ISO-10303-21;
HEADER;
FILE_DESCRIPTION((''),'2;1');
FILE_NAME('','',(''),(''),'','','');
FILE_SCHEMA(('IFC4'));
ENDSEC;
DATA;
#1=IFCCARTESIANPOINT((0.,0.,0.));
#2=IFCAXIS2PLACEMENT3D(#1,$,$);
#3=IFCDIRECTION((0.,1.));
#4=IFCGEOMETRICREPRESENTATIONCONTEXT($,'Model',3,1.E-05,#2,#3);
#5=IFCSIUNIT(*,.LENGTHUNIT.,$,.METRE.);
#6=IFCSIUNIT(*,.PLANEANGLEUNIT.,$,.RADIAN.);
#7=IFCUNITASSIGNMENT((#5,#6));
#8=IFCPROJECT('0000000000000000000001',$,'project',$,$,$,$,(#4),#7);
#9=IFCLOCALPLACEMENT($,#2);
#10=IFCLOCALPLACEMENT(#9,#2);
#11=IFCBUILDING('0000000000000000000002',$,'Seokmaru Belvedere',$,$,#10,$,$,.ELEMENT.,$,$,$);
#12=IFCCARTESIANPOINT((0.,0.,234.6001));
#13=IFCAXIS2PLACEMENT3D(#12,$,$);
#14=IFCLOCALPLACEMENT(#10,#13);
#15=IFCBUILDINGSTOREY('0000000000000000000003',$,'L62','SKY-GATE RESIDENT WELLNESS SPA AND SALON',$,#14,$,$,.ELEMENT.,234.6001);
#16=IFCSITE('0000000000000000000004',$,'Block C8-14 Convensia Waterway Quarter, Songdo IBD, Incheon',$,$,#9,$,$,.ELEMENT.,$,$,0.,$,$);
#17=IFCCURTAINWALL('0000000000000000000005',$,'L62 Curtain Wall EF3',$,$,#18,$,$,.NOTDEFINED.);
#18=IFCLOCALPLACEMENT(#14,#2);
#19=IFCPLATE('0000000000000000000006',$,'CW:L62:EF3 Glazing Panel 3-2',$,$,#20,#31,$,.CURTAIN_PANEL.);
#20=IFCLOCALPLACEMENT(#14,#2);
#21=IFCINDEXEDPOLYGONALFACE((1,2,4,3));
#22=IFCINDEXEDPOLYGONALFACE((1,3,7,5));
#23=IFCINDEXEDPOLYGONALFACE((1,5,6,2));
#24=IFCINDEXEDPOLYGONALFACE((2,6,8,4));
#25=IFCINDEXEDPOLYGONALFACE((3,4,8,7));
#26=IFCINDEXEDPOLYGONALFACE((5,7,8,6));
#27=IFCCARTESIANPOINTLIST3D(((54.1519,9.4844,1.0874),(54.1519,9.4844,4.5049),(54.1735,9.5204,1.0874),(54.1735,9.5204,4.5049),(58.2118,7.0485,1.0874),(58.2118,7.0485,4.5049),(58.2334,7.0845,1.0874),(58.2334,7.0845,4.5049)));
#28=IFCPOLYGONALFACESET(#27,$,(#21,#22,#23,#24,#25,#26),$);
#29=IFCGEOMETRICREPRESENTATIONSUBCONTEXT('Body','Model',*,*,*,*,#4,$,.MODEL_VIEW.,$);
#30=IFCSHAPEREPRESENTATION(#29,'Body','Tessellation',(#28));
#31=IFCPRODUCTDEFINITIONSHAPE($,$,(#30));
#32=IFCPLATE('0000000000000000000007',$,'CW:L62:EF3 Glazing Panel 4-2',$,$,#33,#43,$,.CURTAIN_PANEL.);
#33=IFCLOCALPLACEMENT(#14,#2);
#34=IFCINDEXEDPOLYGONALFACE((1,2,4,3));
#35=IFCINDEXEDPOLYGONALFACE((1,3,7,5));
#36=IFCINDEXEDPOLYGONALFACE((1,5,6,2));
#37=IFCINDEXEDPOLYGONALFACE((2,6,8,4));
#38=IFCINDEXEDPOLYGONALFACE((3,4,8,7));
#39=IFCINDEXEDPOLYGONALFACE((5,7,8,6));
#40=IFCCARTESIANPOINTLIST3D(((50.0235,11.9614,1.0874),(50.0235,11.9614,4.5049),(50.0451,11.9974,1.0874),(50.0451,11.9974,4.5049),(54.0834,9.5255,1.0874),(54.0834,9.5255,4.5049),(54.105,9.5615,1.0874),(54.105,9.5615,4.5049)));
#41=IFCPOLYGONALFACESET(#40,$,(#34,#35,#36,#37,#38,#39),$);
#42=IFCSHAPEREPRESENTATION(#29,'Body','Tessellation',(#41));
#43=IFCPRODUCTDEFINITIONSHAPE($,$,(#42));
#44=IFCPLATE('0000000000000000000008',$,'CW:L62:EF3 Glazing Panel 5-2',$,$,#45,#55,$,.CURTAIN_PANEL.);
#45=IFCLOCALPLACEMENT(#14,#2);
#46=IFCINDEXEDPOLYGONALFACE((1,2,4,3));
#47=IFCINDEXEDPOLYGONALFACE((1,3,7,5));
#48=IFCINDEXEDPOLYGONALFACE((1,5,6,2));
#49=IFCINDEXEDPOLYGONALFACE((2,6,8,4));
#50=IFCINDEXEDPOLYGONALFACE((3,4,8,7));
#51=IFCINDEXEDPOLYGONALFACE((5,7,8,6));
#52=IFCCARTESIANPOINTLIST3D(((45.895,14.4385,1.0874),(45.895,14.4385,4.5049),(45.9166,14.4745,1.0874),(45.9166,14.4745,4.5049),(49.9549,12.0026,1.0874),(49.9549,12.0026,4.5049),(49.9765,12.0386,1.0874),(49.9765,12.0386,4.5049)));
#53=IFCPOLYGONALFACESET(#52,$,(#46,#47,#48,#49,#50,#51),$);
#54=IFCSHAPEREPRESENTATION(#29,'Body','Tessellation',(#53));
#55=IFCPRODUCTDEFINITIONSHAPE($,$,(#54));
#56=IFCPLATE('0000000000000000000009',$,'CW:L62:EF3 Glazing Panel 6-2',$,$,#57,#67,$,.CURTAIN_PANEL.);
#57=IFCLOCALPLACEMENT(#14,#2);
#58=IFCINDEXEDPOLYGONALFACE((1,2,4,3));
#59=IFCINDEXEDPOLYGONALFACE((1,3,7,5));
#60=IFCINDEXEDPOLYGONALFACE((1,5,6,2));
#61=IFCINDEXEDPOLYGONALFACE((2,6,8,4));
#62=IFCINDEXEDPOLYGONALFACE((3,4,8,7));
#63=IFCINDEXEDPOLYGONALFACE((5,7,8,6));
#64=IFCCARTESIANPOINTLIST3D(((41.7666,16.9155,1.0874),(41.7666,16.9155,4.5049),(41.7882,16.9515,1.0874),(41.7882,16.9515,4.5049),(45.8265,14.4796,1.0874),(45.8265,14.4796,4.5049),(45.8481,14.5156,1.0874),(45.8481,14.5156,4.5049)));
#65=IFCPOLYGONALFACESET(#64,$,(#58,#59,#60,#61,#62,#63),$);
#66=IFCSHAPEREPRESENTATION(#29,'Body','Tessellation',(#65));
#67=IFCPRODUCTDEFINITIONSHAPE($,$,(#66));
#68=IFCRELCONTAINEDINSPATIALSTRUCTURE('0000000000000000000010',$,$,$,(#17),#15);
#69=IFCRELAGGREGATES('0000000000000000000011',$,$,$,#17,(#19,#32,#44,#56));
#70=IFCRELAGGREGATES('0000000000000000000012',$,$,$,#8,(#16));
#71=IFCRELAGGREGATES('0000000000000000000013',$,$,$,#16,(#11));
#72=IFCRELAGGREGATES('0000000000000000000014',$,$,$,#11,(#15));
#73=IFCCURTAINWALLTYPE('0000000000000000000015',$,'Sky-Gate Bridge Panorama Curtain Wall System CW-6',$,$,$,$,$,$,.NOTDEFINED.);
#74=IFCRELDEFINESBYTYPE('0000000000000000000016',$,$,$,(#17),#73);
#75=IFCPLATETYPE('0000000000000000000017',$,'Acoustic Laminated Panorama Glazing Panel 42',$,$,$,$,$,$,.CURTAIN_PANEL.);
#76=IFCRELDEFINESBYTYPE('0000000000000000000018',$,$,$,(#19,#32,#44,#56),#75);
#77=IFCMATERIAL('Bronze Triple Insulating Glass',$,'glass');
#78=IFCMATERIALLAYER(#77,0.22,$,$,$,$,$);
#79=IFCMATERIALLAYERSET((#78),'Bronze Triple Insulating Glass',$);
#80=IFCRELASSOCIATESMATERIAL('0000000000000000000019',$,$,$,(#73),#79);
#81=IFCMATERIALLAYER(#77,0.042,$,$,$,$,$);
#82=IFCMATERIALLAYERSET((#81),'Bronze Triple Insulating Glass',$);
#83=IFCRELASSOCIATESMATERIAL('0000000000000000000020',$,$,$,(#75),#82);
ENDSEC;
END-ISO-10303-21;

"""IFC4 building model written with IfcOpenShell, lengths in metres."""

from ifc_helpers import new_model, si_unit, direction, frame, origin, origin_2d, place, context, subcontext, project, spatial, rectangle, extrude, source, transform, mapped, material, layer, layer_set, type_object, type_shapes, element, aggregate, save


model = new_model("IFC4")

# Units and contexts
model_context = context("Model", 3, precision=1e-05, world=origin(), true_north=direction((0.0, 1.0)))
body_context = subcontext(model_context, "Body", "Model", "MODEL_VIEW")
ifc_project = project(units=[si_unit("LENGTHUNIT", "METRE"), si_unit("PLANEANGLEUNIT", "RADIAN")], contexts=[model_context])

# Site, building, storey
site_placement = place(None, origin())
site = spatial("IfcSite", under=ifc_project, at=site_placement, Name="Block C8-14 Convensia Waterway Quarter, Songdo IBD, Incheon", CompositionType="ELEMENT", RefElevation=0.0)
building_placement = place(site_placement, origin())
building = spatial("IfcBuilding", under=site, at=building_placement, Name="Seokmaru Belvedere", CompositionType="ELEMENT")
storey_placement = place(building_placement, frame((0.0, 0.0, 234.6001)))
storey = spatial("IfcBuildingStorey", under=building, at=storey_placement, Name="L62", Description="SKY-GATE RESIDENT WELLNESS SPA AND SALON", CompositionType="ELEMENT", Elevation=234.6001)

# Curtain wall, plates
ifc_material_1 = material(Name="Bronze Triple Insulating Glass", Category="glass")
ifc_layer_1 = layer(ifc_material_1, 0.22)
ifc_layer_set_1 = layer_set([ifc_layer_1], Name="Bronze Triple Insulating Glass")
curtain_wall_type = type_object("IfcCurtainWallType", Name="Sky-Gate Bridge Panorama Curtain Wall System CW-6", PredefinedType="NOTDEFINED", material=ifc_layer_set_1)
curtain_wall_placement = place(storey_placement, origin())
curtain_wall = element("IfcCurtainWall", 1, at=curtain_wall_placement, inside=storey, type_object=curtain_wall_type, Name="L62 Curtain Wall EF3", PredefinedType="NOTDEFINED")
ifc_layer_2 = layer(ifc_material_1, 0.042)
ifc_layer_set_2 = layer_set([ifc_layer_2], Name="Bronze Triple Insulating Glass")
plate_type_1 = type_object("IfcPlateType", Name="Acoustic Laminated Panorama Glazing Panel 42", PredefinedType="CURTAIN_PANEL", material=ifc_layer_set_2)
shared_shape_1 = source(origin(), body_context, "Body", "SweptSolid", [
    extrude(rectangle(XDim=4.7346, YDim=0.042, at=origin_2d()), origin(), (0.0, 0.0, 1.0), 3.4175),
])
type_shapes(plate_type_1, [shared_shape_1])
plate_1_placement = place(storey_placement, frame((56.1926, 8.2844, 1.0874), z_axis=(0.0, 0.0, 1.0), x_axis=(-0.857493, 0.514495, 0.0)))
plate_1 = element("IfcPlate", 2, at=plate_1_placement, type_object=plate_type_1, Name="CW:L62:EF3 Glazing Panel 3-2", PredefinedType="CURTAIN_PANEL", context=body_context, shape_type="MappedRepresentation", body=[
    mapped(shared_shape_1, transform((0.0, 0.0, 0.0), scale=1.0)),
])
plate_2_placement = place(storey_placement, frame((52.0642, 10.7615, 1.0874), z_axis=(0.0, 0.0, 1.0), x_axis=(-0.857493, 0.514495, 0.0)))
plate_2 = element("IfcPlate", 3, at=plate_2_placement, type_object=plate_type_1, Name="CW:L62:EF3 Glazing Panel 4-2", PredefinedType="CURTAIN_PANEL", context=body_context, shape_type="MappedRepresentation", body=[
    mapped(shared_shape_1, transform((0.0, 0.0, 0.0), scale=1.0)),
])
plate_3_placement = place(storey_placement, frame((47.9358, 13.2385, 1.0874), z_axis=(0.0, 0.0, 1.0), x_axis=(-0.857493, 0.514495, 0.0)))
plate_3 = element("IfcPlate", 4, at=plate_3_placement, type_object=plate_type_1, Name="CW:L62:EF3 Glazing Panel 5-2", PredefinedType="CURTAIN_PANEL", context=body_context, shape_type="MappedRepresentation", body=[
    mapped(shared_shape_1, transform((0.0, 0.0, 0.0), scale=1.0)),
])
plate_4_placement = place(storey_placement, frame((43.8074, 15.7156, 1.0874), z_axis=(0.0, 0.0, 1.0), x_axis=(-0.857493, 0.514495, 0.0)))
plate_4 = element("IfcPlate", 5, at=plate_4_placement, type_object=plate_type_1, Name="CW:L62:EF3 Glazing Panel 6-2", PredefinedType="CURTAIN_PANEL", context=body_context, shape_type="MappedRepresentation", body=[
    mapped(shared_shape_1, transform((0.0, 0.0, 0.0), scale=1.0)),
])
aggregate(curtain_wall, [plate_1, plate_2, plate_3, plate_4])

save(model, "model.ifc")
